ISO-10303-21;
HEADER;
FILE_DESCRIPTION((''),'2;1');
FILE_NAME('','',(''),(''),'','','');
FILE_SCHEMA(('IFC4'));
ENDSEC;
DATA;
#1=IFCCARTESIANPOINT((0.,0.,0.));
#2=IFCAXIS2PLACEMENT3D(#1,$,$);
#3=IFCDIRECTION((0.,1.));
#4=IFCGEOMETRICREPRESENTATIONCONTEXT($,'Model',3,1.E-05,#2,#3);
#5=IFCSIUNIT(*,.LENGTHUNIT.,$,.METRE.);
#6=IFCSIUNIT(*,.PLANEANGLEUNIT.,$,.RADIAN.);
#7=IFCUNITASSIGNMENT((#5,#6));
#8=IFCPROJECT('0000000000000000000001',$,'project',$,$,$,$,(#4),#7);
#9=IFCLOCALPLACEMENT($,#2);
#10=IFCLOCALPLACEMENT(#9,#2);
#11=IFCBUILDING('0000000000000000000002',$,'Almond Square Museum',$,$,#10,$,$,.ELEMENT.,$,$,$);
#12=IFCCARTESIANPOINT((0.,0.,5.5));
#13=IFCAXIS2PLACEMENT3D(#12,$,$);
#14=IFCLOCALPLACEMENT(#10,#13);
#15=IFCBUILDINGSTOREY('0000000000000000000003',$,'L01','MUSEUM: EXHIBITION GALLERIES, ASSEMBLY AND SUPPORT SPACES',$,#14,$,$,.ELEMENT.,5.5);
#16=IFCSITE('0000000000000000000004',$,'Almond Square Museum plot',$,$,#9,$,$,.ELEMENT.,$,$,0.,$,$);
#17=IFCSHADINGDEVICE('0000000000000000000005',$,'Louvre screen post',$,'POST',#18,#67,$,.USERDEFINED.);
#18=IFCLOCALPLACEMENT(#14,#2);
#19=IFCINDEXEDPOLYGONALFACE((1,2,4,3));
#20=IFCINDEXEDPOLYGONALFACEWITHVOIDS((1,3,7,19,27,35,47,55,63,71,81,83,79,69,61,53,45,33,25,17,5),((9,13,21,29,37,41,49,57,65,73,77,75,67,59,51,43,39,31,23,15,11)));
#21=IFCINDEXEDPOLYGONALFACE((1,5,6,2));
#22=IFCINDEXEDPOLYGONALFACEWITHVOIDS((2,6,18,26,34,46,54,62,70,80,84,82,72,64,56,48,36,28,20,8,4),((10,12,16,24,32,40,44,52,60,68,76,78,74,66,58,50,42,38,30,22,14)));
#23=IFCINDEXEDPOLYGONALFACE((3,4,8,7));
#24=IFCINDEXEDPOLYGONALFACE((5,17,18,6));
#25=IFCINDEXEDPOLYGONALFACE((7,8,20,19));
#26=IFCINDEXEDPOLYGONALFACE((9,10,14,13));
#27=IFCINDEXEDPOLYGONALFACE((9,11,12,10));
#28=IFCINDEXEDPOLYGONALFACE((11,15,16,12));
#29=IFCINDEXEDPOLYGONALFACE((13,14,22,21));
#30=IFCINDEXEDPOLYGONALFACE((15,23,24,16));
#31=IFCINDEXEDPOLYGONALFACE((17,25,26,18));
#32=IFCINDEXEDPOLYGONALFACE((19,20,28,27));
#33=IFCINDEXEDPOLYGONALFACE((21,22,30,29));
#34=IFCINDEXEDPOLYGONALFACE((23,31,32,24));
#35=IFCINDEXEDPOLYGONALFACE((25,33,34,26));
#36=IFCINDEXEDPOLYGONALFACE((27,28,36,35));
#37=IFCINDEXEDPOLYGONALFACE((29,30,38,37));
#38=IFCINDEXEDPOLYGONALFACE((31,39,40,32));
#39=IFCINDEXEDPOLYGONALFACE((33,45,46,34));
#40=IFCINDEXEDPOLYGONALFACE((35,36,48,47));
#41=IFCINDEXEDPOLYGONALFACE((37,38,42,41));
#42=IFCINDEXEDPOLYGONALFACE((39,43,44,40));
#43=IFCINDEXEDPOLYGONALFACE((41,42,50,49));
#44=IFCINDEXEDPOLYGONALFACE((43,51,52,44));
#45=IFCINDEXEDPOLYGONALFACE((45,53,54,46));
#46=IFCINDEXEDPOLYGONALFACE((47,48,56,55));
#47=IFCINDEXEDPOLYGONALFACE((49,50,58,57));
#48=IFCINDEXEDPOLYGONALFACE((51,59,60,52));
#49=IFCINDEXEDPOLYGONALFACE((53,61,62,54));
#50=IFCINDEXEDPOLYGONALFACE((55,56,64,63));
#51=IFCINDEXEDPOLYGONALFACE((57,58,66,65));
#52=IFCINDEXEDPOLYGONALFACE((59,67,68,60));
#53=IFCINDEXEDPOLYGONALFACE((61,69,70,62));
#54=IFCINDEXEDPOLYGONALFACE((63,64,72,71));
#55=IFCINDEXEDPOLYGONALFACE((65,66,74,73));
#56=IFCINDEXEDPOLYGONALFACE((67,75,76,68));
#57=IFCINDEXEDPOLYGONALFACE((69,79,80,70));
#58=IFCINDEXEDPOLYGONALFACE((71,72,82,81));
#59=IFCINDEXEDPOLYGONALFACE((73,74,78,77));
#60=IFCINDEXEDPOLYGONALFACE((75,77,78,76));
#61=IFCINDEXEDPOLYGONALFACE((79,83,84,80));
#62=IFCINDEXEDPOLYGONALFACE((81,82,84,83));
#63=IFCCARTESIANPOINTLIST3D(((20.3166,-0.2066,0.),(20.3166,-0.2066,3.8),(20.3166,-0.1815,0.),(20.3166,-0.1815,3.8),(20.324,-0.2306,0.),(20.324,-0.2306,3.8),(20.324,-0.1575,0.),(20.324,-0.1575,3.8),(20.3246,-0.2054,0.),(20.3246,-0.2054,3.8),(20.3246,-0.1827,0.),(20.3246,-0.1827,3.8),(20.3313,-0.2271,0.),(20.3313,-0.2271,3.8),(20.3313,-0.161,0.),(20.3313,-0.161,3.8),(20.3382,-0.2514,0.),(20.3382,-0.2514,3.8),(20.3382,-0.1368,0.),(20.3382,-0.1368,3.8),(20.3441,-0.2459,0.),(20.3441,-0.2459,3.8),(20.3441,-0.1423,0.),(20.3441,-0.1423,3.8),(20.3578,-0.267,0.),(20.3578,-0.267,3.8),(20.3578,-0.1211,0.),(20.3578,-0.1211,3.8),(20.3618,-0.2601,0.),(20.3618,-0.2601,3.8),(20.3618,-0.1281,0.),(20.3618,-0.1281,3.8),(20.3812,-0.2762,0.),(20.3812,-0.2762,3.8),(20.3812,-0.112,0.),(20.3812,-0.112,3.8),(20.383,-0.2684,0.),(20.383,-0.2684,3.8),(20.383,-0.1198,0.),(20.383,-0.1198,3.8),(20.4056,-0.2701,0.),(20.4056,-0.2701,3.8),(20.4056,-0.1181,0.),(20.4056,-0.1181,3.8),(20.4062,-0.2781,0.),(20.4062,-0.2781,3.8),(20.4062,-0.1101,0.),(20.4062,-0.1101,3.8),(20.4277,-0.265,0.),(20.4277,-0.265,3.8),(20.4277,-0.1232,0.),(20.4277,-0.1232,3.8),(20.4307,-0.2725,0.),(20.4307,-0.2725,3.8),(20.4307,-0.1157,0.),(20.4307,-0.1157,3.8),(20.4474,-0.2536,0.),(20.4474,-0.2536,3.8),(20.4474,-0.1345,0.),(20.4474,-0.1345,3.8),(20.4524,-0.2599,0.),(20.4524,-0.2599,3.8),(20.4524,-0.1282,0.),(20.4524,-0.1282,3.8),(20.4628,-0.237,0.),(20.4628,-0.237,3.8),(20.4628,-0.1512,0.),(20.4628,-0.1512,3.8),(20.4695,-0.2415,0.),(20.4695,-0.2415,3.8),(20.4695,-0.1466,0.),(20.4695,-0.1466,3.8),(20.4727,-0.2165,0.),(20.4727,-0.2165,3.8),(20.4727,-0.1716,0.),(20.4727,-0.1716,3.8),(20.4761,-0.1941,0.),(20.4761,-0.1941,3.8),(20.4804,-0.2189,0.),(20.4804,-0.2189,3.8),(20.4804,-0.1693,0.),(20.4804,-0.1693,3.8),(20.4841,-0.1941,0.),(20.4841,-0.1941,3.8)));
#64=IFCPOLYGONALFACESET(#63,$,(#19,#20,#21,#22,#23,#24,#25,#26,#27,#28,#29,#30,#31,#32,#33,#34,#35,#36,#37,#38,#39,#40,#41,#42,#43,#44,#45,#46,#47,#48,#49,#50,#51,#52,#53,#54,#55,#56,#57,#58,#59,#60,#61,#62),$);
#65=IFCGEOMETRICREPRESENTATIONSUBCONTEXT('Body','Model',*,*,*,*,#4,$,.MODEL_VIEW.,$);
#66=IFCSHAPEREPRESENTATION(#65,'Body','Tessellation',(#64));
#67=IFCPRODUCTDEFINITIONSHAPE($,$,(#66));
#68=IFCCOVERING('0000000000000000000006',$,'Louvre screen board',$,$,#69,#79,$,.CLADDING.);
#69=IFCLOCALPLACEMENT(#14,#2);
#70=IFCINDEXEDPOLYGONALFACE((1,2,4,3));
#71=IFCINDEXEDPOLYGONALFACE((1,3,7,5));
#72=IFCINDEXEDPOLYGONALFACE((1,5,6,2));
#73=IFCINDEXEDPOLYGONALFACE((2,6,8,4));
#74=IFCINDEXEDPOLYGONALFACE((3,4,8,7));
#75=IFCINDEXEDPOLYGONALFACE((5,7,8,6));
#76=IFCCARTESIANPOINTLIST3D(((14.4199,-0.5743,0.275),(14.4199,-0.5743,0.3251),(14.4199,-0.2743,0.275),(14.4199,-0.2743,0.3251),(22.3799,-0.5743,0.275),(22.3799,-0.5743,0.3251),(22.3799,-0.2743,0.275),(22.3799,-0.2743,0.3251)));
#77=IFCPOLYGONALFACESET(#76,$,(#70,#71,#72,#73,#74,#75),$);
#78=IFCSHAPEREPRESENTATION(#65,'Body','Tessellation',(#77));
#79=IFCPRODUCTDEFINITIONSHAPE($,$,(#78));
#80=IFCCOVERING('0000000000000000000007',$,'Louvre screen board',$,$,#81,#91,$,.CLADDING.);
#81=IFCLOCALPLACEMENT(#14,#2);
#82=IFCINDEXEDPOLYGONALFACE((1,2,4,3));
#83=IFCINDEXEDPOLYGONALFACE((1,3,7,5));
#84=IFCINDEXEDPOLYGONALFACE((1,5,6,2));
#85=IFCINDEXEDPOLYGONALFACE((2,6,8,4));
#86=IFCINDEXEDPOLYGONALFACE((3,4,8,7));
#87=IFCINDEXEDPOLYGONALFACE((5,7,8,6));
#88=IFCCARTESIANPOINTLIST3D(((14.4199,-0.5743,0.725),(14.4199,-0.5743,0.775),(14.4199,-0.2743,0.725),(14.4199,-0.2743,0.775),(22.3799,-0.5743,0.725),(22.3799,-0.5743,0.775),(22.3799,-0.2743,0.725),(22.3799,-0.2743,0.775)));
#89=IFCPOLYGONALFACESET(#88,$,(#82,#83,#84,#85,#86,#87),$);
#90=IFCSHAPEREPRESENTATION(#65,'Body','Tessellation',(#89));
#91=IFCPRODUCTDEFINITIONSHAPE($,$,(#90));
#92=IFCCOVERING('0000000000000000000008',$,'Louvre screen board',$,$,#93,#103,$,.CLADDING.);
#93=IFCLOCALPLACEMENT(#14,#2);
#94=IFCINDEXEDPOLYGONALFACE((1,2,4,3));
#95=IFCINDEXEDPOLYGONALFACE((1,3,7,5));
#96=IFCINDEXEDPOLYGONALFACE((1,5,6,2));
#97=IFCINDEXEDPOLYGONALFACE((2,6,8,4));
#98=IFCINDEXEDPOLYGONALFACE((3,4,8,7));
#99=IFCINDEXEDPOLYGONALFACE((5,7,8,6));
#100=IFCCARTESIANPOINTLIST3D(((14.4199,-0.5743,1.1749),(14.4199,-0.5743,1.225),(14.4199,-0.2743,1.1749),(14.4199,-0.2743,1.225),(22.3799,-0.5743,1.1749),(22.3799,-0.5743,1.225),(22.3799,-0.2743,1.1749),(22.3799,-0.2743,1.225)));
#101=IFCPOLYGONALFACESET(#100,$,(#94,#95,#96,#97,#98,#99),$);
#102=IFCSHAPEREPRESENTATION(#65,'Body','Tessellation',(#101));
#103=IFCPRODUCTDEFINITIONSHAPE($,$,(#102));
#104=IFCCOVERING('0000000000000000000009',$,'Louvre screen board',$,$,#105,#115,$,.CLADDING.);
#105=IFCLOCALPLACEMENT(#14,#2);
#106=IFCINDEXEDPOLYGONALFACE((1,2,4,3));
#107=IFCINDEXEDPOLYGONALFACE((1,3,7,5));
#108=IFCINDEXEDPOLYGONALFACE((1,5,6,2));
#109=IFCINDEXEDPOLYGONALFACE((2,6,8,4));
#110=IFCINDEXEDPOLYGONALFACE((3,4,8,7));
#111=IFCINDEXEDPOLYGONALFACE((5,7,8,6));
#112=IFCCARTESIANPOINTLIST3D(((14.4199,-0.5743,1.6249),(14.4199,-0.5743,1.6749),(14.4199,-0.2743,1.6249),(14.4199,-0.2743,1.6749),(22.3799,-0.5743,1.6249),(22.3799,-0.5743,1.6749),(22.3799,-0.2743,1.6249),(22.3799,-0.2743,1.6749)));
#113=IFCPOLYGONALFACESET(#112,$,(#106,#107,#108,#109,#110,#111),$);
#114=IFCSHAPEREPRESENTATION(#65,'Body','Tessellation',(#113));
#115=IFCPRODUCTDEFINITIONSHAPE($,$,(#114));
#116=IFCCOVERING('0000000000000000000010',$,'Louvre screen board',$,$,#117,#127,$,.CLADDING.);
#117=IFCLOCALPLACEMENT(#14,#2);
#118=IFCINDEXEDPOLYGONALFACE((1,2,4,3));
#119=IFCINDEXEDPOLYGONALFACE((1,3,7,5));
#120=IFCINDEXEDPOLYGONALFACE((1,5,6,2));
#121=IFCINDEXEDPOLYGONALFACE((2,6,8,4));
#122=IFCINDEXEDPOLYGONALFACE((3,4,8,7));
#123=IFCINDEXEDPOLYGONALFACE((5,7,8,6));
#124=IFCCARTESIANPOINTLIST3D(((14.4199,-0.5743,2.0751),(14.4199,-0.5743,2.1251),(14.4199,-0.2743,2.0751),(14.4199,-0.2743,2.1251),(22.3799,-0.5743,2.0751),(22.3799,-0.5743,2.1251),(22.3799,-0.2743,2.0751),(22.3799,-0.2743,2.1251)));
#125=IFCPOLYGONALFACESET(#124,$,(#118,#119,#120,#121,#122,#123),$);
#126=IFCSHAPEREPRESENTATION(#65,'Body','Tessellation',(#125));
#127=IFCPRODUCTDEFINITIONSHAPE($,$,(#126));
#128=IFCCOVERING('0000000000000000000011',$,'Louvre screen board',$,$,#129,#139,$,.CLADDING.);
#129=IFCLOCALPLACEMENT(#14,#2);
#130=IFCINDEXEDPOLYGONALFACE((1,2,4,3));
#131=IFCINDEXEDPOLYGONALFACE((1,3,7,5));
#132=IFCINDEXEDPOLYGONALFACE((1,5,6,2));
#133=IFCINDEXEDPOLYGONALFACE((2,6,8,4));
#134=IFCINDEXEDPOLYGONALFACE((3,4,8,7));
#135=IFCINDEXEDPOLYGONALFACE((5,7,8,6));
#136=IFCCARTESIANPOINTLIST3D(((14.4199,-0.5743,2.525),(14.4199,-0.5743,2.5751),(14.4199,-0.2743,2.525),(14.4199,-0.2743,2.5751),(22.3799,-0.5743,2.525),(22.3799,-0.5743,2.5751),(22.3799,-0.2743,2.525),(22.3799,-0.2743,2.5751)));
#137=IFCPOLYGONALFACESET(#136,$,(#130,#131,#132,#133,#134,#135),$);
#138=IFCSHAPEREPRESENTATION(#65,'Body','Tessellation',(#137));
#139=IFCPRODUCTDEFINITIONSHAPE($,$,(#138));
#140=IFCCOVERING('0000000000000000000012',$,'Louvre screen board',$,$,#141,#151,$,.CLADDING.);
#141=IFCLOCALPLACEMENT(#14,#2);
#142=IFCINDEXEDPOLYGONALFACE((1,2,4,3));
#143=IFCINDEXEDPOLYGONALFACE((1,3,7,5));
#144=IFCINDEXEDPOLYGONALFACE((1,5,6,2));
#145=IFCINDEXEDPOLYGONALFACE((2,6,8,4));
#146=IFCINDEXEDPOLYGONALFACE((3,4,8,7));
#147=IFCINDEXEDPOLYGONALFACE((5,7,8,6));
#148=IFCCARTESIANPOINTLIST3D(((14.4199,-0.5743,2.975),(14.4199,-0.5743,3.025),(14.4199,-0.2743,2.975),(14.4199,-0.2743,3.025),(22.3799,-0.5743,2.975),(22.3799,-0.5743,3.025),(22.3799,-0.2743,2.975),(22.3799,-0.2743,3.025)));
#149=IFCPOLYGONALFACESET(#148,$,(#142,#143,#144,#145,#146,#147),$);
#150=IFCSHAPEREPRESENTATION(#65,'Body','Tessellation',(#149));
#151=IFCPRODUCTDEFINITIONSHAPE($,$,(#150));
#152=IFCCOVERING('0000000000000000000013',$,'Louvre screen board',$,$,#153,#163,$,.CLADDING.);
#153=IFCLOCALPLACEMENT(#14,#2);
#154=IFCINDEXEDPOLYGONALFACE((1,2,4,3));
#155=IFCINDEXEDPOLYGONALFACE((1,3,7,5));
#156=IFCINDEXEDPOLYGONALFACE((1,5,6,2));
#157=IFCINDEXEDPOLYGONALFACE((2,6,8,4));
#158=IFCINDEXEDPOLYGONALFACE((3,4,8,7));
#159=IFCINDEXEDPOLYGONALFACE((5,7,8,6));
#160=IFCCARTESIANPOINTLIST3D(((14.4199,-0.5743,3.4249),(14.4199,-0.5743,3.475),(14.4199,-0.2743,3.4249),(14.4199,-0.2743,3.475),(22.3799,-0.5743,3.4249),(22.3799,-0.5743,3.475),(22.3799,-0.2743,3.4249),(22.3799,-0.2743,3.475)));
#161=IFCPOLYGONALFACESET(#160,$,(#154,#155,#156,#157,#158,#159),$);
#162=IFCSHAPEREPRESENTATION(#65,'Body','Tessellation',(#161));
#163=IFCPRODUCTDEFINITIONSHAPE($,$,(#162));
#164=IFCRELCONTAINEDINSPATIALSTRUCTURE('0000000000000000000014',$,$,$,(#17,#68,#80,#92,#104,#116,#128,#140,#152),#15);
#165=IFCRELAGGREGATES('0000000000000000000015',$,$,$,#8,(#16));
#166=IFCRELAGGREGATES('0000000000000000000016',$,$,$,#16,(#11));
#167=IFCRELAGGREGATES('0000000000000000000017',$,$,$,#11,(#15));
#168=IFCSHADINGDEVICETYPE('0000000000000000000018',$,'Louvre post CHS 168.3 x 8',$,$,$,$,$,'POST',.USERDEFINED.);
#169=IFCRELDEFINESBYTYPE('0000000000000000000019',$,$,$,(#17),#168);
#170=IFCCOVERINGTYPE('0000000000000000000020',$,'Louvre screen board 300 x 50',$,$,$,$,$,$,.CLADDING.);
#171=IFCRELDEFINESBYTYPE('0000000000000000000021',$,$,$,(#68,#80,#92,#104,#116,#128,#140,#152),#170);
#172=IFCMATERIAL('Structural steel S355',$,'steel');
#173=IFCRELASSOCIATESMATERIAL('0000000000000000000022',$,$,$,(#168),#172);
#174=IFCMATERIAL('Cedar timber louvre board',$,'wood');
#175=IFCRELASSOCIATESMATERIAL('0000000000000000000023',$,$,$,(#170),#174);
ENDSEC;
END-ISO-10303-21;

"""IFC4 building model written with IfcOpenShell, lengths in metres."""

from ifc_helpers import new_model, si_unit, direction, frame, origin, origin_2d, place, context, subcontext, project, spatial, rectangle, hollow_circle, extrude, material, material_profile, profile_set, type_object, element, save


model = new_model("IFC4")

# Units and contexts
model_context = context("Model", 3, precision=1e-05, world=origin(), true_north=direction((0.0, 1.0)))
body_context = subcontext(model_context, "Body", "Model", "MODEL_VIEW")
ifc_project = project(units=[si_unit("LENGTHUNIT", "METRE"), si_unit("PLANEANGLEUNIT", "RADIAN")], contexts=[model_context])

# Site, building, storey
site_placement = place(None, origin())
site = spatial("IfcSite", under=ifc_project, at=site_placement, Name="Almond Square Museum plot", CompositionType="ELEMENT", RefElevation=0.0)
building_placement = place(site_placement, origin())
building = spatial("IfcBuilding", under=site, at=building_placement, Name="Almond Square Museum", CompositionType="ELEMENT")
storey_placement = place(building_placement, frame((0.0, 0.0, 5.5)))
storey = spatial("IfcBuildingStorey", under=building, at=storey_placement, Name="L01", Description="MUSEUM: EXHIBITION GALLERIES, ASSEMBLY AND SUPPORT SPACES", CompositionType="ELEMENT", Elevation=5.5)

# Shading device
ifc_material_1 = material(Name="Structural steel S355", Category="steel")
ifc_material_profile_1 = material_profile(ifc_material_1, hollow_circle(Radius=0.0842, WallThickness=0.0081, at=origin_2d()))
ifc_profile_set_1 = profile_set([ifc_material_profile_1], Name="Structural steel S355")
shading_device_type = type_object("IfcShadingDeviceType", Name="Louvre post CHS 168.3 x 8", ElementType="POST", PredefinedType="USERDEFINED", material=ifc_profile_set_1)
for number, where, z_axis, x_axis, name in (
    (1, (20.3999, -0.1941, 0.0), (0.0, 0.0, 1.0), (1.0, 0.0, 0.0), "Louvre screen post"),
):
    element("IfcShadingDevice", number, at=place(storey_placement, frame(where, z_axis=z_axis, x_axis=x_axis)), inside=storey, type_object=shading_device_type, Name=name, ObjectType="POST", PredefinedType="USERDEFINED", context=body_context, shape_type="SweptSolid", body=[
        extrude(hollow_circle(Radius=0.0842, WallThickness=0.0081, at=origin_2d()), origin(), (0.0, 0.0, 1.0), 3.8),
    ])

# Coverings
ifc_material_2 = material(Name="Cedar timber louvre board", Category="wood")
ifc_material_profile_2 = material_profile(ifc_material_2, rectangle(XDim=0.3, YDim=0.05, at=origin_2d()))
ifc_profile_set_2 = profile_set([ifc_material_profile_2], Name="Cedar timber louvre board")
covering_type = type_object("IfcCoveringType", Name="Louvre screen board 300 x 50", PredefinedType="CLADDING", material=ifc_profile_set_2)
for number, where, z_axis, x_axis, name in (
    (2, (14.4199, -0.4243, 0.3), (1.0, 0.0, 0.0), (0.0, 1.0, 0.0), "Louvre screen board"),
    (3, (14.4199, -0.4243, 0.75), (1.0, 0.0, 0.0), (0.0, 1.0, 0.0), "Louvre screen board"),
    (4, (14.4199, -0.4243, 1.2), (1.0, 0.0, 0.0), (0.0, 1.0, 0.0), "Louvre screen board"),
    (5, (14.4199, -0.4243, 1.6499), (1.0, 0.0, 0.0), (0.0, 1.0, 0.0), "Louvre screen board"),
    (6, (14.4199, -0.4243, 2.1001), (1.0, 0.0, 0.0), (0.0, 1.0, 0.0), "Louvre screen board"),
    (7, (14.4199, -0.4243, 2.55), (1.0, 0.0, 0.0), (0.0, 1.0, 0.0), "Louvre screen board"),
    (8, (14.4199, -0.4243, 3.0), (1.0, 0.0, 0.0), (0.0, 1.0, 0.0), "Louvre screen board"),
    (9, (14.4199, -0.4243, 3.45), (1.0, 0.0, 0.0), (0.0, 1.0, 0.0), "Louvre screen board"),
):
    element("IfcCovering", number, at=place(storey_placement, frame(where, z_axis=z_axis, x_axis=x_axis)), inside=storey, type_object=covering_type, Name=name, PredefinedType="CLADDING", context=body_context, shape_type="SweptSolid", body=[
        extrude(rectangle(XDim=0.3, YDim=0.05, at=origin_2d()), origin(), (0.0, 0.0, 1.0), 7.96),
    ])

save(model, "model.ifc")
